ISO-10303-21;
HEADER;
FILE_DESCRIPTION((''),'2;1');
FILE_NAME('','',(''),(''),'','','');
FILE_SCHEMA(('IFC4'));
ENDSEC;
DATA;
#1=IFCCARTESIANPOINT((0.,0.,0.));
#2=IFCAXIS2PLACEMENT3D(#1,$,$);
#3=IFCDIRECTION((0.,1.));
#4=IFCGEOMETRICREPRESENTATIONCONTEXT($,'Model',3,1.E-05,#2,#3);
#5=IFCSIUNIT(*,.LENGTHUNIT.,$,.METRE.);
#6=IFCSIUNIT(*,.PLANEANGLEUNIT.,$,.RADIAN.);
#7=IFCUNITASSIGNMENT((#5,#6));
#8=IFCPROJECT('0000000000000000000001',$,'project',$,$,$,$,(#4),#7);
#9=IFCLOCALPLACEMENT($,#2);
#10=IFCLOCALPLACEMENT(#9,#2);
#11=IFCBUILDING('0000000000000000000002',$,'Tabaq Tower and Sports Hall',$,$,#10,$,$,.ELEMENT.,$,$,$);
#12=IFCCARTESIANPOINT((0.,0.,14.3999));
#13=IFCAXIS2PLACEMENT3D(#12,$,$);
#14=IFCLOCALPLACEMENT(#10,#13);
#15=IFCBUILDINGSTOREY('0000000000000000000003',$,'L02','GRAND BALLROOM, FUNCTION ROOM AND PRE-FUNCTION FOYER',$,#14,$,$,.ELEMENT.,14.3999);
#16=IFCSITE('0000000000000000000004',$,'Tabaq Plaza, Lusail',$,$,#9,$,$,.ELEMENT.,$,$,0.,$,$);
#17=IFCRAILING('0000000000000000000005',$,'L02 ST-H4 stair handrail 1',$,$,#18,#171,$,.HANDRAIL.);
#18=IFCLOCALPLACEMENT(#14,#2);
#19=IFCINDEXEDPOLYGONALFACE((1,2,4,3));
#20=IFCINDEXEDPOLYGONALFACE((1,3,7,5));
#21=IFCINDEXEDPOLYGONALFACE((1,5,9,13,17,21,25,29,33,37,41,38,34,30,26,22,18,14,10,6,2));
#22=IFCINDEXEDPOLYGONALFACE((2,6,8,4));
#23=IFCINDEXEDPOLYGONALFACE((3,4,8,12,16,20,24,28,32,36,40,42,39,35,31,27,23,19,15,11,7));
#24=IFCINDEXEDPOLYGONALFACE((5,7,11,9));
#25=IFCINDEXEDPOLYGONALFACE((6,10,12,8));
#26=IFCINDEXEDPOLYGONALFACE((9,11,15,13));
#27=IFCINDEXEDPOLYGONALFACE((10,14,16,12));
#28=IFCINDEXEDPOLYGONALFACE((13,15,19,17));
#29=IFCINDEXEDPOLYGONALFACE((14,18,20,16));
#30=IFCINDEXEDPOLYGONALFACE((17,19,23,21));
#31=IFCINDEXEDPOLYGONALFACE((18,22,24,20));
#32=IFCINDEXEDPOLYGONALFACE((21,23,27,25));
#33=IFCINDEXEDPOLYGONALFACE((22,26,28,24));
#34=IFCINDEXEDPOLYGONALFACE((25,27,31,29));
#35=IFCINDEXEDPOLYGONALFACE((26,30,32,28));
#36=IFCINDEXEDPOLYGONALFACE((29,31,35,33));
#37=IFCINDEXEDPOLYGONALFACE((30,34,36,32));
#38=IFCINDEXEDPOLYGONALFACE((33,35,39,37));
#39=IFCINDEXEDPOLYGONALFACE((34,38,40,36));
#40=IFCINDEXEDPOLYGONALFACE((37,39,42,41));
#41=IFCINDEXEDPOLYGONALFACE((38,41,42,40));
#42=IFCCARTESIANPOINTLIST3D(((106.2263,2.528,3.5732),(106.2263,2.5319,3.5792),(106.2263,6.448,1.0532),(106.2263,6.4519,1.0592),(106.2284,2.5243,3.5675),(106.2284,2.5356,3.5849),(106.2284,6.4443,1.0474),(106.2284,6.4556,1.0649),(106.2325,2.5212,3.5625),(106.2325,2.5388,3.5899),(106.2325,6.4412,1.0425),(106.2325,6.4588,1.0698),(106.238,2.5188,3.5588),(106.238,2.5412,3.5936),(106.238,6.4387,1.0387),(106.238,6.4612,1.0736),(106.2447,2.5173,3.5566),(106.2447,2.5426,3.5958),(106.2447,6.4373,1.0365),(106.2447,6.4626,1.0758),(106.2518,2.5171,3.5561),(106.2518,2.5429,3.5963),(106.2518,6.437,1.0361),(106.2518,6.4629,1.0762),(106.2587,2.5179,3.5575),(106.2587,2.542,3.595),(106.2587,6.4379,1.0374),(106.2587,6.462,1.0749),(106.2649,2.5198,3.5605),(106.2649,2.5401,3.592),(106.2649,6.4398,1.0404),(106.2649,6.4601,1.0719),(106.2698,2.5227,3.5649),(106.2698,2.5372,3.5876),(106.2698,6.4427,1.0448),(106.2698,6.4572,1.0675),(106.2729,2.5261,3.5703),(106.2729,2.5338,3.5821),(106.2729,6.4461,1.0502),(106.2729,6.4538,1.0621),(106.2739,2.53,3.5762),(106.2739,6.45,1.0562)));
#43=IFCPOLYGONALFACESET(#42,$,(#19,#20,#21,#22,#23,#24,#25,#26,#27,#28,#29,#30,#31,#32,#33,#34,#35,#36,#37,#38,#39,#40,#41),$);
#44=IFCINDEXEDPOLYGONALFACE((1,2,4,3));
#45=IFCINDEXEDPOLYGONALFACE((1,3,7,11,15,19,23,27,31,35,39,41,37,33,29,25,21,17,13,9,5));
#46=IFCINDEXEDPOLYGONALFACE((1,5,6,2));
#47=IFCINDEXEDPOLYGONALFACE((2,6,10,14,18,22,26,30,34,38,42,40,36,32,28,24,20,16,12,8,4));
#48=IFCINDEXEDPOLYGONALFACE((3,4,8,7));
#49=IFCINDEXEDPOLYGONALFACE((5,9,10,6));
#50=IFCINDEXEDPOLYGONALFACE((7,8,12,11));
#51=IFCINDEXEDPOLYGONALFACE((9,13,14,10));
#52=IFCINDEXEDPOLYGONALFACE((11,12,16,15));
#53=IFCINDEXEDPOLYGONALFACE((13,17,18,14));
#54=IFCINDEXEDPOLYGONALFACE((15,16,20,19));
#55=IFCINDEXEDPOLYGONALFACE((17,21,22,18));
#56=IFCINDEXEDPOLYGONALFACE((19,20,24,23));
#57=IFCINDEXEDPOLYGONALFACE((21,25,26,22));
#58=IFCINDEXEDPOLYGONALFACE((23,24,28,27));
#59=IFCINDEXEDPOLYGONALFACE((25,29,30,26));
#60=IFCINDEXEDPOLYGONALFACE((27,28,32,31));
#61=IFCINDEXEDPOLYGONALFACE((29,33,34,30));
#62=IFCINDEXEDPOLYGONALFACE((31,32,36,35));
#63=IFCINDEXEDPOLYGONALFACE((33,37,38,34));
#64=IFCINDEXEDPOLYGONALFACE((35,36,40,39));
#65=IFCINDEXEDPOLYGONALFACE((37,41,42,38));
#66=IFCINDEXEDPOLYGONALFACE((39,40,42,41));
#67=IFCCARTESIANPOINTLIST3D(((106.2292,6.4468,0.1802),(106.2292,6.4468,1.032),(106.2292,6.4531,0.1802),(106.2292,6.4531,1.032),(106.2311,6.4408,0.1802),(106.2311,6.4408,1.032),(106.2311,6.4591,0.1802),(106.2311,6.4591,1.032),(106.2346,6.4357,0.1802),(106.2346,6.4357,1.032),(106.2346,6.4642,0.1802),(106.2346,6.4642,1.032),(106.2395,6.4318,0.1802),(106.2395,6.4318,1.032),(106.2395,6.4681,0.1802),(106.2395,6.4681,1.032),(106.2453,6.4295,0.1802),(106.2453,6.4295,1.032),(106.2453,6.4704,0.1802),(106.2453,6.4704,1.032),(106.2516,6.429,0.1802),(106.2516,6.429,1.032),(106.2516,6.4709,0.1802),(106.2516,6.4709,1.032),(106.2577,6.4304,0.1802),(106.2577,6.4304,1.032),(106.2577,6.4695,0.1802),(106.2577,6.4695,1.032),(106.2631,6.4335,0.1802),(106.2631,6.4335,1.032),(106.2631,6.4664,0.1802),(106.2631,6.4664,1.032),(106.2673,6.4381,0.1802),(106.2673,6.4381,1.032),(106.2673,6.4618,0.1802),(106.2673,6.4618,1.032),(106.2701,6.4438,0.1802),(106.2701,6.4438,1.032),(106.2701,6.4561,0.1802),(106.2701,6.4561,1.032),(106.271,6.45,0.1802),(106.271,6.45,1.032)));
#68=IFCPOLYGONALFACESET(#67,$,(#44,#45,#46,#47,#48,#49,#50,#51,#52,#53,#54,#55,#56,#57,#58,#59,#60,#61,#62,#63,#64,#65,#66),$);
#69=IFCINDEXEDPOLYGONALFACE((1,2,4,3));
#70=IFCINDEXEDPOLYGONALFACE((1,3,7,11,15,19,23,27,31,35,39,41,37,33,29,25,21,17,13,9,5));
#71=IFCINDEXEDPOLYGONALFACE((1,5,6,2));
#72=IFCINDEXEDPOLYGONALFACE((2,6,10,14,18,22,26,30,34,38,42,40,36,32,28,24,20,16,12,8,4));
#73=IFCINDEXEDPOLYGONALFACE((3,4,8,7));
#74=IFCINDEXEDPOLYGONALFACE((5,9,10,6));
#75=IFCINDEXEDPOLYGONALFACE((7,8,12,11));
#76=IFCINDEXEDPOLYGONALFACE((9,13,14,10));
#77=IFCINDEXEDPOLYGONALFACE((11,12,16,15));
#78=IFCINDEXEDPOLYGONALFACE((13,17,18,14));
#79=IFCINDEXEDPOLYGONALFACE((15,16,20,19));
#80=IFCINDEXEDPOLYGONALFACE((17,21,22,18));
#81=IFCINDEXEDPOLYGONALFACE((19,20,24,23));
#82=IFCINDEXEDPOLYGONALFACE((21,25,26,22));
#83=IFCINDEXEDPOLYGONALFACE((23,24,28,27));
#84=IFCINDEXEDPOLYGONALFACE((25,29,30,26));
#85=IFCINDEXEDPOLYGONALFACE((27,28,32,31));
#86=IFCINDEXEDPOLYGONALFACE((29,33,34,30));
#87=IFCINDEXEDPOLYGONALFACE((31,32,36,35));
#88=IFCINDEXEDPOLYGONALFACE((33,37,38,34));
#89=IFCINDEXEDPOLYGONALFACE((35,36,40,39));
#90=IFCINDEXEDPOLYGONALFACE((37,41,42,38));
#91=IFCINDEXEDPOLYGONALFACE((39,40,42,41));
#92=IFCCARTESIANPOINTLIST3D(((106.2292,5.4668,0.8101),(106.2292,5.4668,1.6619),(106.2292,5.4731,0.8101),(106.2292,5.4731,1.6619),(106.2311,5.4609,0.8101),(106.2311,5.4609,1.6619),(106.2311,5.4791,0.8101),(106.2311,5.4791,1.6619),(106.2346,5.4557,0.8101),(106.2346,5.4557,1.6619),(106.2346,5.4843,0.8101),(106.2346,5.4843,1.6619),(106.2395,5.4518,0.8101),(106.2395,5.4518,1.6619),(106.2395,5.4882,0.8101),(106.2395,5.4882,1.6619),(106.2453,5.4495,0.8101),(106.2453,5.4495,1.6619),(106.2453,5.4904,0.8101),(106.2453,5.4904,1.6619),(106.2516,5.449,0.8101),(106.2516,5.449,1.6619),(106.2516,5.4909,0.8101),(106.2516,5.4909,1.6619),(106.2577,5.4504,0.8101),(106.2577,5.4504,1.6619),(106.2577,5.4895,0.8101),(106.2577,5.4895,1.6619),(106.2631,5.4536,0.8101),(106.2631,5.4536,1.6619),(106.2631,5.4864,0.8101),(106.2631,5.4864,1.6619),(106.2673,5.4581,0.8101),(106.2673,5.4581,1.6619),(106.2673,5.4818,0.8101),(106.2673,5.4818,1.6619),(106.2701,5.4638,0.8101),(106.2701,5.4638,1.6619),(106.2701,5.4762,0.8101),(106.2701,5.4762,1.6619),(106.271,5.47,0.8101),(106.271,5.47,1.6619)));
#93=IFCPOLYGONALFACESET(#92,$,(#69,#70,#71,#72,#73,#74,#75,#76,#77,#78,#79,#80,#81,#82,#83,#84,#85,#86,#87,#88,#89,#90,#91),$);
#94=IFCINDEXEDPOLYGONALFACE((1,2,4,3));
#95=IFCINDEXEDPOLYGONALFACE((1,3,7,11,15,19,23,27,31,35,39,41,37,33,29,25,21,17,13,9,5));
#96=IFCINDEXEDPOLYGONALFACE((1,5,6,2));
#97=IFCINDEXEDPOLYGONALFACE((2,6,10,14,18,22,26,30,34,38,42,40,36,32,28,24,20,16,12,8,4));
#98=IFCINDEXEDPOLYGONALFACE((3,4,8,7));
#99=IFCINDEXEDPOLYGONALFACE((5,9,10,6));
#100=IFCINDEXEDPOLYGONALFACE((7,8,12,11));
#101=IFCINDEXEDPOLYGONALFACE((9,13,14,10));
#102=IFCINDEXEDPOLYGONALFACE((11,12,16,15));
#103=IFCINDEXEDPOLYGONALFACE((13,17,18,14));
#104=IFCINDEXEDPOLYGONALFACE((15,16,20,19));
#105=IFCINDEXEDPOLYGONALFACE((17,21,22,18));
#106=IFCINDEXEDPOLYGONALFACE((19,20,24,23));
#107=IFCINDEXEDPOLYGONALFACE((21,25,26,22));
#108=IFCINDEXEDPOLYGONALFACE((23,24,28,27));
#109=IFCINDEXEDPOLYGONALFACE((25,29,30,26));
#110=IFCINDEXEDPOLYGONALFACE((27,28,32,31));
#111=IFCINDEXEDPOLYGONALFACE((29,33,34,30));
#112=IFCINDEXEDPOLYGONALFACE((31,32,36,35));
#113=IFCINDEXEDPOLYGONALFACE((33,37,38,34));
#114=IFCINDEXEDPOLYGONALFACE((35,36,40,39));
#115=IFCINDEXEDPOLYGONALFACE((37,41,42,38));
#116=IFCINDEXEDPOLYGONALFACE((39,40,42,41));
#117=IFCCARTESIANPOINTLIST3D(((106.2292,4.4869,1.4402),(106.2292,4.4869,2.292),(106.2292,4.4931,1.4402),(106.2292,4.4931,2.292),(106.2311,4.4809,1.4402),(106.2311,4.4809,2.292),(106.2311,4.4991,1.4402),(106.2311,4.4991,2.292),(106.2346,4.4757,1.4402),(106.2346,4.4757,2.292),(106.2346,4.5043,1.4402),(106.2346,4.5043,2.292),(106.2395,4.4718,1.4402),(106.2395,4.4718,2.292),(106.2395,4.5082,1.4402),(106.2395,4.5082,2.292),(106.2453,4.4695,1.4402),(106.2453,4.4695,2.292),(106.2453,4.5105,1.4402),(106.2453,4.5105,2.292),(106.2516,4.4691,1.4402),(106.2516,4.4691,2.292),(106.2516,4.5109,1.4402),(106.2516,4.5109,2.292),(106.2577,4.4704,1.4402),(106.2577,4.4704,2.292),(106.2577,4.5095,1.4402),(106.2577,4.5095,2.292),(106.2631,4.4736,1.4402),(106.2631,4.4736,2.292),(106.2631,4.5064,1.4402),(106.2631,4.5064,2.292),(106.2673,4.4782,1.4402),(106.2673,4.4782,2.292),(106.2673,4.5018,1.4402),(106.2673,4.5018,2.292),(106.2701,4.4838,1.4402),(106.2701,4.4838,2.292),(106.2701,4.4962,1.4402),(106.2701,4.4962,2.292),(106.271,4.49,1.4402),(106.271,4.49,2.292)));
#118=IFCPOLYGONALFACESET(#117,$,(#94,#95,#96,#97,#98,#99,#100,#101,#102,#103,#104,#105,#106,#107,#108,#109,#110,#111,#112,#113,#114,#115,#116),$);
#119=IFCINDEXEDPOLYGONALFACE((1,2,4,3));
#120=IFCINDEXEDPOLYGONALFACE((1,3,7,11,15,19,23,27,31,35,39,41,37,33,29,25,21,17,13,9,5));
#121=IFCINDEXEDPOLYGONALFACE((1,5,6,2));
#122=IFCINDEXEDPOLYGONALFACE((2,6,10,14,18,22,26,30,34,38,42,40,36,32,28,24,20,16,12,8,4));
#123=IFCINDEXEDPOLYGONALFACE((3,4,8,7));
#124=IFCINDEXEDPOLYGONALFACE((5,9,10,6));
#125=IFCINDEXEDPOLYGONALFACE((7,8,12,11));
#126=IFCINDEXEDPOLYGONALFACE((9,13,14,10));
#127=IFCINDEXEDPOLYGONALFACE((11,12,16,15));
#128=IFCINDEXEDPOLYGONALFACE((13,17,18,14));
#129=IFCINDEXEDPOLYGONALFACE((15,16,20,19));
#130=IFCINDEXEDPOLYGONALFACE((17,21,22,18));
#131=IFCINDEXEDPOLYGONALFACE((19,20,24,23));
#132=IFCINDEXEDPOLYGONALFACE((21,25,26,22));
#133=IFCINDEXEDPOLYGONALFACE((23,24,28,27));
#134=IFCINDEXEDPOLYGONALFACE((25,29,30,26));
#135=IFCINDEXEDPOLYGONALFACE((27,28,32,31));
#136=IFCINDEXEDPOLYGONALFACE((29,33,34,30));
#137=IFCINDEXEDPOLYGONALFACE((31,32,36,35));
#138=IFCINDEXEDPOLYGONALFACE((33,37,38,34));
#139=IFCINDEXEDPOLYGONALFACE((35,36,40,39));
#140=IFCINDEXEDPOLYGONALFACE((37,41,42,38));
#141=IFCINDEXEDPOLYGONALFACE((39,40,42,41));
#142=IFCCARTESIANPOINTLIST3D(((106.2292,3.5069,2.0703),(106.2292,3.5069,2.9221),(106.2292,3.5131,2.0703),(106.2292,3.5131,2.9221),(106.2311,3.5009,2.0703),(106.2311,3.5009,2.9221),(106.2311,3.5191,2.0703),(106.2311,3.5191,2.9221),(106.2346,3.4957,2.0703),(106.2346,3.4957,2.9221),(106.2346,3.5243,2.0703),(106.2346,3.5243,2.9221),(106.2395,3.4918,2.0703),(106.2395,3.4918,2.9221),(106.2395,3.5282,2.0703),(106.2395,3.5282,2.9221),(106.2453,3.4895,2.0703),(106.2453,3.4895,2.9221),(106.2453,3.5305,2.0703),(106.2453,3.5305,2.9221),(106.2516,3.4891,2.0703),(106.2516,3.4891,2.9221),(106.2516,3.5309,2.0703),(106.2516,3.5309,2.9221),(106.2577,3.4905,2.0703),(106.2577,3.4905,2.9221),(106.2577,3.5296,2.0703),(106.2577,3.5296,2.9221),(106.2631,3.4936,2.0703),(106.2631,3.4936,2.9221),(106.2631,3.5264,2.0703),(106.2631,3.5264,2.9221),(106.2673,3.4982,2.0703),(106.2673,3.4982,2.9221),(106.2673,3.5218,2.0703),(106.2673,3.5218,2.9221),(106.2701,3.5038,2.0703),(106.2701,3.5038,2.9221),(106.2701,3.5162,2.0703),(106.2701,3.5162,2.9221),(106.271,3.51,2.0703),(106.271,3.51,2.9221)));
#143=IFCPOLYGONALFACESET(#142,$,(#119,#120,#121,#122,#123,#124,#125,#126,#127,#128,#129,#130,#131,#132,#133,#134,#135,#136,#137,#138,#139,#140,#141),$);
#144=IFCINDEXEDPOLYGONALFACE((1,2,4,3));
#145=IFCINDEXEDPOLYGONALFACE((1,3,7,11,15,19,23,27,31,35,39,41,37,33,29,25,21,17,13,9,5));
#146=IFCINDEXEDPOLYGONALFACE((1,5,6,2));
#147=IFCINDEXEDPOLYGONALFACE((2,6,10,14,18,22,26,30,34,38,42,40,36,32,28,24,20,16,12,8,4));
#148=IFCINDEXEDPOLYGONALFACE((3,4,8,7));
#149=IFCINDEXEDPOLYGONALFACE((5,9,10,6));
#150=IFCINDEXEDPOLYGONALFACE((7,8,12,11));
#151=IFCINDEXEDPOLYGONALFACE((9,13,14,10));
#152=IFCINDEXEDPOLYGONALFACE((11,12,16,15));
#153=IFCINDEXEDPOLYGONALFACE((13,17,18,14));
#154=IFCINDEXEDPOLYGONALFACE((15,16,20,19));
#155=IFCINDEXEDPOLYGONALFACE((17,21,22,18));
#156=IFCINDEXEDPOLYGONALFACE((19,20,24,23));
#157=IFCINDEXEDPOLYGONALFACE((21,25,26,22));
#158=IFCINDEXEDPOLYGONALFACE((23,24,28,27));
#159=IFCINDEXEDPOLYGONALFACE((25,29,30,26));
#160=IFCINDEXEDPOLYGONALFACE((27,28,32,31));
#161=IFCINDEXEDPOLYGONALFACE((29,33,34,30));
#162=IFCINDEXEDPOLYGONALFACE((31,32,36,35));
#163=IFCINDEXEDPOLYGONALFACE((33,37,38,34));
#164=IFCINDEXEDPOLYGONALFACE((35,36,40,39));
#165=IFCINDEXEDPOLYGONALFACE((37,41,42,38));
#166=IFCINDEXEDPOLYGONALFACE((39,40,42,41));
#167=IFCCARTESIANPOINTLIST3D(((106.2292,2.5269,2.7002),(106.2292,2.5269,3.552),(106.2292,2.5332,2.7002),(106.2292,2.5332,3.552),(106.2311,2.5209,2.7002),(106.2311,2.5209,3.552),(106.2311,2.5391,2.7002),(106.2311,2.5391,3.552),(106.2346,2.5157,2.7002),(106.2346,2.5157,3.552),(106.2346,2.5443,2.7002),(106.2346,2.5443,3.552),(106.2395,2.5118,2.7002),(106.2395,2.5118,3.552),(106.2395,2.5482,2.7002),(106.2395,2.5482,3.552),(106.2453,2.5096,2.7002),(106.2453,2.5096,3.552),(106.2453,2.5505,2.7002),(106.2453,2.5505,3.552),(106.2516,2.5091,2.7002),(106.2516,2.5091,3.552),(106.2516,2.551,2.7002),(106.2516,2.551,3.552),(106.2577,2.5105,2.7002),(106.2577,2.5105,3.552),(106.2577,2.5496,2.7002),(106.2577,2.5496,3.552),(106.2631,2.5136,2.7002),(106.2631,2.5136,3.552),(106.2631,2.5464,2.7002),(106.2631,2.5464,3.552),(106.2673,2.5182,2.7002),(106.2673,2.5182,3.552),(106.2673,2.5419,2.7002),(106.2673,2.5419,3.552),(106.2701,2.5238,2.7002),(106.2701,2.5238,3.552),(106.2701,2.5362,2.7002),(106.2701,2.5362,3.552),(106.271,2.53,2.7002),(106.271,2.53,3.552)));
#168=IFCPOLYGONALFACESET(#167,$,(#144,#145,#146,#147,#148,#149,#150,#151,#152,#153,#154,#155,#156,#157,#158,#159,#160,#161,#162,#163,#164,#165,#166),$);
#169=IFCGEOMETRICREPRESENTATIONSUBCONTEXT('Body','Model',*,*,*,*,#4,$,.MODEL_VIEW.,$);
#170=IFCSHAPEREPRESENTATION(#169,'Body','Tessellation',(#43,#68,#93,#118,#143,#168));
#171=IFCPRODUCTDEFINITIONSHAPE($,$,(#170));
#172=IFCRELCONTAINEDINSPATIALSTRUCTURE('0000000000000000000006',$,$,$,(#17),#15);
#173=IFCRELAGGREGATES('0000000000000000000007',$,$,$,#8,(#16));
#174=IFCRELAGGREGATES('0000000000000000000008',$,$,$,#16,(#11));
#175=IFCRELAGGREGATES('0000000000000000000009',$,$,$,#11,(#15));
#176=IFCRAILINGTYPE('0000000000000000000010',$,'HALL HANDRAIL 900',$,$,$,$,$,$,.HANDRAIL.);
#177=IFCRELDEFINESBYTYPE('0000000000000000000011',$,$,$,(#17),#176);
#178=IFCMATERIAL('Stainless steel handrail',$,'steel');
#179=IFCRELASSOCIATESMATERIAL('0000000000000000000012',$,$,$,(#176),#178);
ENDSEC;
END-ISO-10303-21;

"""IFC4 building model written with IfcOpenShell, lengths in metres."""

from ifc_helpers import new_model, si_unit, direction, frame, origin, origin_2d, place, context, subcontext, project, spatial, circle, extrude, material, type_object, element, save


model = new_model("IFC4")

# Units and contexts
model_context = context("Model", 3, precision=1e-05, world=origin(), true_north=direction((0.0, 1.0)))
body_context = subcontext(model_context, "Body", "Model", "MODEL_VIEW")
ifc_project = project(units=[si_unit("LENGTHUNIT", "METRE"), si_unit("PLANEANGLEUNIT", "RADIAN")], contexts=[model_context])

# Site, building, storey
site_placement = place(None, origin())
site = spatial("IfcSite", under=ifc_project, at=site_placement, Name="Tabaq Plaza, Lusail", CompositionType="ELEMENT", RefElevation=0.0)
building_placement = place(site_placement, origin())
building = spatial("IfcBuilding", under=site, at=building_placement, Name="Tabaq Tower and Sports Hall", CompositionType="ELEMENT")
storey_placement = place(building_placement, frame((0.0, 0.0, 14.3999)))
storey = spatial("IfcBuildingStorey", under=building, at=storey_placement, Name="L02", Description="GRAND BALLROOM, FUNCTION ROOM AND PRE-FUNCTION FOYER", CompositionType="ELEMENT", Elevation=14.3999)

# Railing
ifc_material_1 = material(Name="Stainless steel handrail", Category="steel")
railing_type_1 = type_object("IfcRailingType", Name="HALL HANDRAIL 900", PredefinedType="HANDRAIL", material=ifc_material_1)
railing_1_placement = place(storey_placement, frame((106.25, 6.45, 0.1802)))
element("IfcRailing", 1, at=railing_1_placement, inside=storey, type_object=railing_type_1, Name="L02 ST-H4 stair handrail 1", PredefinedType="HANDRAIL", context=body_context, shape_type="SweptSolid", body=[
    extrude(circle(Radius=0.0239, at=origin_2d()), frame((0.0, 0.0, 0.876), z_axis=(0.0, -0.841172, 0.540768), x_axis=(1.0, 0.0, 0.0)), (0.0, 0.0, 1.0), 4.6602),
    extrude(circle(Radius=0.021, at=origin_2d()), origin(), (0.0, 0.0, 1.0), 0.8518),
    extrude(circle(Radius=0.021, at=origin_2d()), frame((0.0, -0.98, 0.6299)), (0.0, 0.0, 1.0), 0.8518),
    extrude(circle(Radius=0.021, at=origin_2d()), frame((0.0, -1.96, 1.26)), (0.0, 0.0, 1.0), 0.8518),
    extrude(circle(Radius=0.021, at=origin_2d()), frame((0.0, -2.9399, 1.8901)), (0.0, 0.0, 1.0), 0.8518),
    extrude(circle(Radius=0.021, at=origin_2d()), frame((0.0, -3.9199, 2.52)), (0.0, 0.0, 1.0), 0.8518),
])

save(model, "model.ifc")
